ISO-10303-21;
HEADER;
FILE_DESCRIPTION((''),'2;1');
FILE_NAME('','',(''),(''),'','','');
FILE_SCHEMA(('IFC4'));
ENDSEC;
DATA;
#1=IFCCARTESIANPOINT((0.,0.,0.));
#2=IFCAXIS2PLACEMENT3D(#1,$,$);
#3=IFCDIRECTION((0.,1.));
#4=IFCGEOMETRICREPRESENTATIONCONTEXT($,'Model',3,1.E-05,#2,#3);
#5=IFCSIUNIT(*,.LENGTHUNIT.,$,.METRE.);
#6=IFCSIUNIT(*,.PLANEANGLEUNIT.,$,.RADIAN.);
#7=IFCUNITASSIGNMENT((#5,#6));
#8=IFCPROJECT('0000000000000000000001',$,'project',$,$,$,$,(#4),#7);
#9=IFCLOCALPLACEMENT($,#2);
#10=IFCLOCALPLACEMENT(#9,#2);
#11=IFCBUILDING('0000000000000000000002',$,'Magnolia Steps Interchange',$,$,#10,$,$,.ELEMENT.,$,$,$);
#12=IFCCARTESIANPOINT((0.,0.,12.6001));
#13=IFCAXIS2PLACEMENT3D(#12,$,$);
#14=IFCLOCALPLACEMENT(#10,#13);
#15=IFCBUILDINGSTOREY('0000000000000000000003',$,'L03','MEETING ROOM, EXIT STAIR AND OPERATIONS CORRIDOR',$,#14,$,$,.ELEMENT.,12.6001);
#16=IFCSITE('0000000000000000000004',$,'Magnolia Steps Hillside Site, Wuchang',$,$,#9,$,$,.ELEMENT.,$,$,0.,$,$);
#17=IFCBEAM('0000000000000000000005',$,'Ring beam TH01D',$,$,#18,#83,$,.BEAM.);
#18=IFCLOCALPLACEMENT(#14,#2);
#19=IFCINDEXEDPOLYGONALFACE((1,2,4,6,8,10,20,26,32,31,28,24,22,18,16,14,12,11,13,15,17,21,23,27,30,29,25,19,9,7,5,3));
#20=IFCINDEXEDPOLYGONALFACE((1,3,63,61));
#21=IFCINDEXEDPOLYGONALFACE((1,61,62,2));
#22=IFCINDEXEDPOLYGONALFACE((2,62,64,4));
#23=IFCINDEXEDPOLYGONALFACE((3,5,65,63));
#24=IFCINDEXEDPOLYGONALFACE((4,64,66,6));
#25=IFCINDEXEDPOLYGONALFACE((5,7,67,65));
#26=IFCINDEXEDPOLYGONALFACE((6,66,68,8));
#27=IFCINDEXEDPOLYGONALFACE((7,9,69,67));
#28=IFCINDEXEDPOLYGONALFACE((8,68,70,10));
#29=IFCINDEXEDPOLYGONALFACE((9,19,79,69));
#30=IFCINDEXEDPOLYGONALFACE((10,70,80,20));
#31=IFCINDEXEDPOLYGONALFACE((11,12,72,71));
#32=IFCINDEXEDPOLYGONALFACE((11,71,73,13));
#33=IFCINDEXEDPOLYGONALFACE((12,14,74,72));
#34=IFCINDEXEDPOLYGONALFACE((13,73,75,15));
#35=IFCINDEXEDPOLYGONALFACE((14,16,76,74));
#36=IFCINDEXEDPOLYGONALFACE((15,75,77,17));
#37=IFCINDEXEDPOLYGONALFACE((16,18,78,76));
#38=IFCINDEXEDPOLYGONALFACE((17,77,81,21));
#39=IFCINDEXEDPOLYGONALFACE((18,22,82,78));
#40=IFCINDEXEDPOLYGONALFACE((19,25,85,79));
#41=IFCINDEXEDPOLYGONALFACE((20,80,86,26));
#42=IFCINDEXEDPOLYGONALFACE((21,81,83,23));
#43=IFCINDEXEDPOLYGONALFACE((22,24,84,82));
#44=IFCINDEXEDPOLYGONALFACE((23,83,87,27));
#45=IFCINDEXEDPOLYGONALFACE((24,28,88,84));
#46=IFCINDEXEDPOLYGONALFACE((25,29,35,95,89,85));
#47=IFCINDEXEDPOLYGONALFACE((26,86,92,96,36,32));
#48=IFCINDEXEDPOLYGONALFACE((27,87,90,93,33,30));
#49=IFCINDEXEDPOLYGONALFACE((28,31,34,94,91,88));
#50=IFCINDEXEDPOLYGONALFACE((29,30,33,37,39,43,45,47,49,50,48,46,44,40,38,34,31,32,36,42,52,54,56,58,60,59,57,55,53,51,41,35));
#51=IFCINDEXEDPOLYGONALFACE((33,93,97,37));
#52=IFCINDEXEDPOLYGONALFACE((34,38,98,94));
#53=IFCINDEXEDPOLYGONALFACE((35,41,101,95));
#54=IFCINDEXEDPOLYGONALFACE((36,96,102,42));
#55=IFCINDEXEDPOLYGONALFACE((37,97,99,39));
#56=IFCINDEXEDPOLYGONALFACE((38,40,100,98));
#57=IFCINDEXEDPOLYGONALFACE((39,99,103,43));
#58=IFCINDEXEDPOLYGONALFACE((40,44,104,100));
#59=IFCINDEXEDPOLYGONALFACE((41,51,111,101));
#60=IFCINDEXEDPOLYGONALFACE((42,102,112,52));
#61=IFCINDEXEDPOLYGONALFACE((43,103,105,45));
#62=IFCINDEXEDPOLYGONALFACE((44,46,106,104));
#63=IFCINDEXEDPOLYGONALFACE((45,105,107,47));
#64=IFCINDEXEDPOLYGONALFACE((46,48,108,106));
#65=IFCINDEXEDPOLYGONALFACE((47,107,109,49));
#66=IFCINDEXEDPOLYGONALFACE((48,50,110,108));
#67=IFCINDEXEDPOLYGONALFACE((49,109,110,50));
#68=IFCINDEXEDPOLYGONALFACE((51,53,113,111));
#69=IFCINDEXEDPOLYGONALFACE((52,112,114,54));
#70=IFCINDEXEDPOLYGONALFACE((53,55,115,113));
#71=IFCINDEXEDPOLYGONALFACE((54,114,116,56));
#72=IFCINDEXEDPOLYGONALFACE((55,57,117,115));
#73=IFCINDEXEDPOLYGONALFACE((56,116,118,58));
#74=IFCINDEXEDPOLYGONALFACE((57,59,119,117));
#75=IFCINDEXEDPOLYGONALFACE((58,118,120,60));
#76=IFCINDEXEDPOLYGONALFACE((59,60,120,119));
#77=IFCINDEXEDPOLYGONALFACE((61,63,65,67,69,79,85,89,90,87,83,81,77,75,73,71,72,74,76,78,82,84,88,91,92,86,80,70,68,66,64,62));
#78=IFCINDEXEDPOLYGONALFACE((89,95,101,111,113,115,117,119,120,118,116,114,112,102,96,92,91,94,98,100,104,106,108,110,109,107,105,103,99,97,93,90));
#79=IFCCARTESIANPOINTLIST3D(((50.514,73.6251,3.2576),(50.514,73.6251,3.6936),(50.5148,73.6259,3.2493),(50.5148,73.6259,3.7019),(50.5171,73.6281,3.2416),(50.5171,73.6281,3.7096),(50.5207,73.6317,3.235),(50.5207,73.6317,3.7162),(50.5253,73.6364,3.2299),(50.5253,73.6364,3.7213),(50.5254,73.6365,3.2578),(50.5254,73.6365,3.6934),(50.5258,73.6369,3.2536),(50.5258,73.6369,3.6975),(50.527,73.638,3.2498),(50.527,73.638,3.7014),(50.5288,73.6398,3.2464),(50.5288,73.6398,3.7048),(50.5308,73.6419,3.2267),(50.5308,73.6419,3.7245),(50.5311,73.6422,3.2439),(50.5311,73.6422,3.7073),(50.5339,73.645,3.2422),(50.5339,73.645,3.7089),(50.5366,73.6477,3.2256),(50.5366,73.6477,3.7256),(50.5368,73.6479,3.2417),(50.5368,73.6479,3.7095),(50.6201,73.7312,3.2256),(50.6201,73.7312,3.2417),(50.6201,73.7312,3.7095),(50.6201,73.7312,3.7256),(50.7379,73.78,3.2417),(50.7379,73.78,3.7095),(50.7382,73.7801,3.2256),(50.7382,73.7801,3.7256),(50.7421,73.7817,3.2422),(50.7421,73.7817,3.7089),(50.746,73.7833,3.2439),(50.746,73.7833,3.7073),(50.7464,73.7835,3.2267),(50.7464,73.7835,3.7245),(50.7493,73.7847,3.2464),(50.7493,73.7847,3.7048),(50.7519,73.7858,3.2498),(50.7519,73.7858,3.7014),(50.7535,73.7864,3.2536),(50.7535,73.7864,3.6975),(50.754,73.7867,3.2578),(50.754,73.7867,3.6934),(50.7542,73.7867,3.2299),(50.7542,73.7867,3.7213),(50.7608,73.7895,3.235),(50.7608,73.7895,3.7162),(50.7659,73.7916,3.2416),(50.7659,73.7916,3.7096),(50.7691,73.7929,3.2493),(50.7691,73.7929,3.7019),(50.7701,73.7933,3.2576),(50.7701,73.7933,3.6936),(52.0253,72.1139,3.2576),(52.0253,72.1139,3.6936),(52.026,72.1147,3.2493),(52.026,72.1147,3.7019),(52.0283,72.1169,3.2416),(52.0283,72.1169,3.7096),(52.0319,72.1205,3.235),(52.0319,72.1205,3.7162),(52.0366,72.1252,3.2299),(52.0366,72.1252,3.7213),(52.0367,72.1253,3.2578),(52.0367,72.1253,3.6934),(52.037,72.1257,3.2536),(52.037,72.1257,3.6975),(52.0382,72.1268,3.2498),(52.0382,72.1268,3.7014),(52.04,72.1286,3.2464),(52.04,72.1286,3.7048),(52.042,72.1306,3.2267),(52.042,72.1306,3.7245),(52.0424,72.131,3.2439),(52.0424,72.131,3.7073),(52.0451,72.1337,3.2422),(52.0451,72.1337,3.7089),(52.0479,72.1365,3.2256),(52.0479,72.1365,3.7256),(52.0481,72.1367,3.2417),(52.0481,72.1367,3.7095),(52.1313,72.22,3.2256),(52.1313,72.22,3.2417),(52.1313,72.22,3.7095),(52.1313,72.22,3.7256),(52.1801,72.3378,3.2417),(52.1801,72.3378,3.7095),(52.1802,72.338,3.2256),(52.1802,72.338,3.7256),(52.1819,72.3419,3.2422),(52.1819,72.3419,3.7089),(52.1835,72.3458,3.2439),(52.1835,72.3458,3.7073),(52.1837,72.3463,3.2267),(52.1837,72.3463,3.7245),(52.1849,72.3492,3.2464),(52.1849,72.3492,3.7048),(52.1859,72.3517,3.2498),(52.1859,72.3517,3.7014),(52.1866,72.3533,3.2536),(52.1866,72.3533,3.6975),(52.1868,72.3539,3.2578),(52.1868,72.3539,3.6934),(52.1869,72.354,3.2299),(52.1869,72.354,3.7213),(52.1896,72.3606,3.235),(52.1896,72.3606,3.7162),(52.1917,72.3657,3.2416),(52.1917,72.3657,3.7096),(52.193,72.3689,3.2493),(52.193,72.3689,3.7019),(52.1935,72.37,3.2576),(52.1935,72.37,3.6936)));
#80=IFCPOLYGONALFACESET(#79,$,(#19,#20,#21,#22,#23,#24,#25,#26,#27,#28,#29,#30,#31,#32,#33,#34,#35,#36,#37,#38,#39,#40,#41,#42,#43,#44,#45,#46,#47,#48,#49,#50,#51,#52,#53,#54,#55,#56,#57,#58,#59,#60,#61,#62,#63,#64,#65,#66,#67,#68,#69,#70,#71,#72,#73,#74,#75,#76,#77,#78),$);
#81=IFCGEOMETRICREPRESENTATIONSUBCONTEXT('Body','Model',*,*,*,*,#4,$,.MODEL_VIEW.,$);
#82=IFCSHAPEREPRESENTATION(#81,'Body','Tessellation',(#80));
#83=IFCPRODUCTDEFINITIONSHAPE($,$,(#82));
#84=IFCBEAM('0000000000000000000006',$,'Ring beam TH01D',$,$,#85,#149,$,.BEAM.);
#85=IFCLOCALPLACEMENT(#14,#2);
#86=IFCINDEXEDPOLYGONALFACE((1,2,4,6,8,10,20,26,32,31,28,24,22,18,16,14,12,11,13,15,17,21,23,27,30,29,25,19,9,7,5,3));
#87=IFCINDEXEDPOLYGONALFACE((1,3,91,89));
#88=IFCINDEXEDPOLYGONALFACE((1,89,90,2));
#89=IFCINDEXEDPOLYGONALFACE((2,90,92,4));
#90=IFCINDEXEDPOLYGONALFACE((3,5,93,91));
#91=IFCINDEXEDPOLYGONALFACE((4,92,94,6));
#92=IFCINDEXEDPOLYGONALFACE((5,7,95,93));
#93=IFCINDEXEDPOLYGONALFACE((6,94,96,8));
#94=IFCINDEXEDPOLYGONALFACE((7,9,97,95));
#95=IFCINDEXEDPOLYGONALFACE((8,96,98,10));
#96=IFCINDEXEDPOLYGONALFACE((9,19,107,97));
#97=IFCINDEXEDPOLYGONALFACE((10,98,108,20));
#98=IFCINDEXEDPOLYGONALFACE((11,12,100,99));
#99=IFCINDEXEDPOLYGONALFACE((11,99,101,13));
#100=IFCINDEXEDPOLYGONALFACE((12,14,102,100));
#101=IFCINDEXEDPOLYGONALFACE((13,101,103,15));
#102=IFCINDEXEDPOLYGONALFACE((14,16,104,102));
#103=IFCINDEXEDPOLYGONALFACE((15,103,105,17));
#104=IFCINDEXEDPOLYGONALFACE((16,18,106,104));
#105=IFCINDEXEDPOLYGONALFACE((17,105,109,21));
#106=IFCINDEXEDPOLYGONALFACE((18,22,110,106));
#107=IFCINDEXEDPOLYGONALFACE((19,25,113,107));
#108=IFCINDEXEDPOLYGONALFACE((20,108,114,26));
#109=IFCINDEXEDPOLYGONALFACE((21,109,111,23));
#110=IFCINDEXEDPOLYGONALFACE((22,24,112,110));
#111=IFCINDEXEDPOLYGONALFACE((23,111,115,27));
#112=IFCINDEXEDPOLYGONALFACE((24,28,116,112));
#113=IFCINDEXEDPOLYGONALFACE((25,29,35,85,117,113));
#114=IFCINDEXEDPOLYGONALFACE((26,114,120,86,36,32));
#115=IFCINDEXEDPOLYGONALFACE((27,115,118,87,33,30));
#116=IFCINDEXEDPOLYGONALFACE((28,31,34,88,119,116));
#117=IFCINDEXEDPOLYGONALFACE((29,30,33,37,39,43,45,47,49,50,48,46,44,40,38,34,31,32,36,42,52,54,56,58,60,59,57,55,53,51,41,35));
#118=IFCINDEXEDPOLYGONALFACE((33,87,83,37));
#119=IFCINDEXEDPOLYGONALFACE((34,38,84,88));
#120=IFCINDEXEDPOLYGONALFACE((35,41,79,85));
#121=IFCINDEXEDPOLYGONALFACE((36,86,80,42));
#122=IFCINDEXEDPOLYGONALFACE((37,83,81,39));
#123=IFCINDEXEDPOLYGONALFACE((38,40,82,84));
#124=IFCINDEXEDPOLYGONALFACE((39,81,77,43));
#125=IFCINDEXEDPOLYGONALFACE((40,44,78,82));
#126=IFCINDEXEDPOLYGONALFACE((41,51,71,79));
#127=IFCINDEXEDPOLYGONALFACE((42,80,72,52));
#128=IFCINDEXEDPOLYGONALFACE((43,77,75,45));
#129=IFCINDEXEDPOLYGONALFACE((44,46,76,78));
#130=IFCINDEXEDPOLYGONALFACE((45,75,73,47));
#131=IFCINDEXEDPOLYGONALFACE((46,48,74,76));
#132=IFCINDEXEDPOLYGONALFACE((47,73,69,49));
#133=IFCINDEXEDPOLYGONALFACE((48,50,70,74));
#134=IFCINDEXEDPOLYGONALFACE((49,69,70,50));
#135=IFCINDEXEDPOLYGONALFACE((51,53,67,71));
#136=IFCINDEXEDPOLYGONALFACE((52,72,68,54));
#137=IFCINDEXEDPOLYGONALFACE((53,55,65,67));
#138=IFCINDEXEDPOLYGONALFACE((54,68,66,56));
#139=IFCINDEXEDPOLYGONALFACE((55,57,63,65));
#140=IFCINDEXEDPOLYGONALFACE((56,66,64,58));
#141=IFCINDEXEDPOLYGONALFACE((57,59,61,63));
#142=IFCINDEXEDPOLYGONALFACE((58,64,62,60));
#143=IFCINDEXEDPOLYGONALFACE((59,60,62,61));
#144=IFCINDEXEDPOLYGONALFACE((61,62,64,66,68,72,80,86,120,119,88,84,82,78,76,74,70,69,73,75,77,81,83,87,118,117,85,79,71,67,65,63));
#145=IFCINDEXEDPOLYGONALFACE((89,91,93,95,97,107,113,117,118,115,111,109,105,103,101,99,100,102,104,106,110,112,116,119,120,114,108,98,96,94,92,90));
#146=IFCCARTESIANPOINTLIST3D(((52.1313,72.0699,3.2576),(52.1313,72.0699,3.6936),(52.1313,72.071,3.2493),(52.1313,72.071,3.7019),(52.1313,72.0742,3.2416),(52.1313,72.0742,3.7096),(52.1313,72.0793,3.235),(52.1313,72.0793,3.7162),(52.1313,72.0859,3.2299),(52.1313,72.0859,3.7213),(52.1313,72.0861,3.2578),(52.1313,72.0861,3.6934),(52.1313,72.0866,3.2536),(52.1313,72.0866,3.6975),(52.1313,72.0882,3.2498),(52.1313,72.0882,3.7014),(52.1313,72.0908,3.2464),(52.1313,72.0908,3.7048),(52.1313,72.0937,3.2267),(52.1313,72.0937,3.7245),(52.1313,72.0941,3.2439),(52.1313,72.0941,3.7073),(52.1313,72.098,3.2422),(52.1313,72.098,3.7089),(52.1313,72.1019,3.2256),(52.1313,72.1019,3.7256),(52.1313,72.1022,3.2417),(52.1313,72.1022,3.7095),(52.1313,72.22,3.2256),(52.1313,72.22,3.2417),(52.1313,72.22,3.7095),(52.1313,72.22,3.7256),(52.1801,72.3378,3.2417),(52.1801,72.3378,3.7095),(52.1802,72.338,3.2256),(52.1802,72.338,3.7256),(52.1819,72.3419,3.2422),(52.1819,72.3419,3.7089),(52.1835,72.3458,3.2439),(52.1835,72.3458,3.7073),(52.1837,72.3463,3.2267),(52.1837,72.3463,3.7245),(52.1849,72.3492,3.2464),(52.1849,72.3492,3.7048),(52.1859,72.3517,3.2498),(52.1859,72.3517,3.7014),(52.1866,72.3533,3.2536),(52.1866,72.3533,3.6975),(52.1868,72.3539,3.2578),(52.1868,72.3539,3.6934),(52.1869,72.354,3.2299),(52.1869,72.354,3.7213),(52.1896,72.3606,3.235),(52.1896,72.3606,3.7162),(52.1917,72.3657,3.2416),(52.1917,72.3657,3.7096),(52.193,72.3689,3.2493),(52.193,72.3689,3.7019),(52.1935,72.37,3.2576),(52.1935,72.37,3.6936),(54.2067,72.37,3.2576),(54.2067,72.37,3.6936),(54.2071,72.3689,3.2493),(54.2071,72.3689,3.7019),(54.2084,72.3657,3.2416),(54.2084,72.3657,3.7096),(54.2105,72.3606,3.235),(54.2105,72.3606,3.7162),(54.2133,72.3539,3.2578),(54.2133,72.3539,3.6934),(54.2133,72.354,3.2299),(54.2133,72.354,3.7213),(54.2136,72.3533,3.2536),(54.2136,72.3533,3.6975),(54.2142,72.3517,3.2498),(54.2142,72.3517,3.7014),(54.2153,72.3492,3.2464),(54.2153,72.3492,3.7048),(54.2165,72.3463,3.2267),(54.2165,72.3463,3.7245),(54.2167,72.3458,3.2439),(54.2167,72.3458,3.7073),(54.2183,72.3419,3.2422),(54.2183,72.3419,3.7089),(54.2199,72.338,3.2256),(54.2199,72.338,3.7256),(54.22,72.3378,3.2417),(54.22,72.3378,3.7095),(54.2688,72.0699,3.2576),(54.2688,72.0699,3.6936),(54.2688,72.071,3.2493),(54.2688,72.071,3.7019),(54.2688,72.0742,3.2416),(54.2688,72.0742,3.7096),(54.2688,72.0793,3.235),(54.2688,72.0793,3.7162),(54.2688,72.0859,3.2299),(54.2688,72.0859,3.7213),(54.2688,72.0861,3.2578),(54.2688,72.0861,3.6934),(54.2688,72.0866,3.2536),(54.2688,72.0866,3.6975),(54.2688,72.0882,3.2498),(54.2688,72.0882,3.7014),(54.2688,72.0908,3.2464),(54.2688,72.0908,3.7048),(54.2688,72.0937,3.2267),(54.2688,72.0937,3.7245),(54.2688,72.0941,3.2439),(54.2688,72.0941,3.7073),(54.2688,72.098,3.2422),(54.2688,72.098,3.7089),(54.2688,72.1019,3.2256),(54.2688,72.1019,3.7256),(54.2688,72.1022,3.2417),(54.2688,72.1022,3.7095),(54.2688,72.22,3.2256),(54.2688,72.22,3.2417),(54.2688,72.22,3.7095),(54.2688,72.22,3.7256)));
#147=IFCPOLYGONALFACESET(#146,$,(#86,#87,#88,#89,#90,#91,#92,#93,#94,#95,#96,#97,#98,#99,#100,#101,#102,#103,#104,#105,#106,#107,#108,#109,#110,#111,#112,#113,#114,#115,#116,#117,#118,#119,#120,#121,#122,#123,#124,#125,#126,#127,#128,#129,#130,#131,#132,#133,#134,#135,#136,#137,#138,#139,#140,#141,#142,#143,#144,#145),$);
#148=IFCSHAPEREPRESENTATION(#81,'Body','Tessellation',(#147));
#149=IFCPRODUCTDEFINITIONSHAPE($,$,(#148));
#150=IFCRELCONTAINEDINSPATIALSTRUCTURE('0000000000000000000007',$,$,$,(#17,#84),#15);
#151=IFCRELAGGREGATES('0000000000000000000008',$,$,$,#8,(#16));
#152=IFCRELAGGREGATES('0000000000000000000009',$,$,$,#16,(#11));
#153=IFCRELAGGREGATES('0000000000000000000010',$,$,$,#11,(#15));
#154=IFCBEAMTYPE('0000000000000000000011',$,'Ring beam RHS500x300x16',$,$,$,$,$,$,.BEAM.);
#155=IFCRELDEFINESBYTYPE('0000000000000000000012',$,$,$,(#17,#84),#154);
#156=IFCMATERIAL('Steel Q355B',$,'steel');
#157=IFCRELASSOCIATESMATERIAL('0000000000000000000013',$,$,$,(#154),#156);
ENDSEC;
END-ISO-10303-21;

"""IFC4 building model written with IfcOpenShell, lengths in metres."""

from ifc_helpers import new_model, si_unit, direction, frame, origin, origin_2d, place, context, subcontext, project, spatial, hollow_rectangle, extrude, clip, halfspace, material, material_profile, profile_set, type_object, element, save


model = new_model("IFC4")

# Units and contexts
model_context = context("Model", 3, precision=1e-05, world=origin(), true_north=direction((0.0, 1.0)))
body_context = subcontext(model_context, "Body", "Model", "MODEL_VIEW")
ifc_project = project(units=[si_unit("LENGTHUNIT", "METRE"), si_unit("PLANEANGLEUNIT", "RADIAN")], contexts=[model_context])

# Site, building, storey
site_placement = place(None, origin())
site = spatial("IfcSite", under=ifc_project, at=site_placement, Name="Magnolia Steps Hillside Site, Wuchang", CompositionType="ELEMENT", RefElevation=0.0)
building_placement = place(site_placement, origin())
building = spatial("IfcBuilding", under=site, at=building_placement, Name="Magnolia Steps Interchange", CompositionType="ELEMENT")
storey_placement = place(building_placement, frame((0.0, 0.0, 12.6001)))
storey = spatial("IfcBuildingStorey", under=building, at=storey_placement, Name="L03", Description="MEETING ROOM, EXIT STAIR AND OPERATIONS CORRIDOR", CompositionType="ELEMENT", Elevation=12.6001)

# Beams
ifc_material_1 = material(Name="Steel Q355B", Category="steel")
ifc_material_profile_1 = material_profile(ifc_material_1, hollow_rectangle(XDim=0.3, YDim=0.5, WallThickness=0.0161, InnerFilletRadius=0.0161, OuterFilletRadius=0.032, at=origin_2d()), Name="RHS500x300x16")
ifc_profile_set_1 = profile_set([ifc_material_profile_1], Name="Steel Q355B")
beam_type_1 = type_object("IfcBeamType", Name="Ring beam RHS500x300x16", PredefinedType="BEAM", material=ifc_profile_set_1)
beam_1_placement = place(storey_placement, frame((50.6201, 73.7312, 3.4756), z_axis=(0.707107, -0.707107, 0.0), x_axis=(0.707107, 0.707107, 0.0)))
element("IfcBeam", 1, at=beam_1_placement, inside=storey, type_object=beam_type_1, Name="Ring beam TH01D", PredefinedType="BEAM", context=body_context, shape_type="Clipping", body=[
    clip(clip(extrude(hollow_rectangle(XDim=0.3, YDim=0.5, WallThickness=0.0161, InnerFilletRadius=0.0161, OuterFilletRadius=0.032, at=origin_2d()), origin(), (0.0, 0.0, 1.0), 2.1372), halfspace(frame((0.0, 0.0, 0.0), z_axis=(0.382683, 0.0, -0.92388), x_axis=(0.92388, 0.0, 0.382683)), False)), halfspace(frame((0.0, 0.0, 2.1372), z_axis=(0.382683, 0.0, 0.92388), x_axis=(0.92388, 0.0, -0.382683)), False)),
])
beam_2_placement = place(storey_placement, frame((52.1313, 72.22, 3.4756), z_axis=(1.0, 0.0, 0.0), x_axis=(0.0, 1.0, 0.0)))
element("IfcBeam", 2, at=beam_2_placement, inside=storey, type_object=beam_type_1, Name="Ring beam TH01D", PredefinedType="BEAM", context=body_context, shape_type="Clipping", body=[
    clip(clip(extrude(hollow_rectangle(XDim=0.3, YDim=0.5, WallThickness=0.0161, InnerFilletRadius=0.0161, OuterFilletRadius=0.032, at=origin_2d()), origin(), (0.0, 0.0, 1.0), 2.1375), halfspace(frame((0.0, 0.0, 0.0), z_axis=(0.382683, 0.0, -0.92388), x_axis=(0.92388, 0.0, 0.382683)), False)), halfspace(frame((0.0, 0.0, 2.1375), z_axis=(0.382683, 0.0, 0.92388), x_axis=(0.92388, 0.0, -0.382683)), False)),
])

save(model, "model.ifc")
